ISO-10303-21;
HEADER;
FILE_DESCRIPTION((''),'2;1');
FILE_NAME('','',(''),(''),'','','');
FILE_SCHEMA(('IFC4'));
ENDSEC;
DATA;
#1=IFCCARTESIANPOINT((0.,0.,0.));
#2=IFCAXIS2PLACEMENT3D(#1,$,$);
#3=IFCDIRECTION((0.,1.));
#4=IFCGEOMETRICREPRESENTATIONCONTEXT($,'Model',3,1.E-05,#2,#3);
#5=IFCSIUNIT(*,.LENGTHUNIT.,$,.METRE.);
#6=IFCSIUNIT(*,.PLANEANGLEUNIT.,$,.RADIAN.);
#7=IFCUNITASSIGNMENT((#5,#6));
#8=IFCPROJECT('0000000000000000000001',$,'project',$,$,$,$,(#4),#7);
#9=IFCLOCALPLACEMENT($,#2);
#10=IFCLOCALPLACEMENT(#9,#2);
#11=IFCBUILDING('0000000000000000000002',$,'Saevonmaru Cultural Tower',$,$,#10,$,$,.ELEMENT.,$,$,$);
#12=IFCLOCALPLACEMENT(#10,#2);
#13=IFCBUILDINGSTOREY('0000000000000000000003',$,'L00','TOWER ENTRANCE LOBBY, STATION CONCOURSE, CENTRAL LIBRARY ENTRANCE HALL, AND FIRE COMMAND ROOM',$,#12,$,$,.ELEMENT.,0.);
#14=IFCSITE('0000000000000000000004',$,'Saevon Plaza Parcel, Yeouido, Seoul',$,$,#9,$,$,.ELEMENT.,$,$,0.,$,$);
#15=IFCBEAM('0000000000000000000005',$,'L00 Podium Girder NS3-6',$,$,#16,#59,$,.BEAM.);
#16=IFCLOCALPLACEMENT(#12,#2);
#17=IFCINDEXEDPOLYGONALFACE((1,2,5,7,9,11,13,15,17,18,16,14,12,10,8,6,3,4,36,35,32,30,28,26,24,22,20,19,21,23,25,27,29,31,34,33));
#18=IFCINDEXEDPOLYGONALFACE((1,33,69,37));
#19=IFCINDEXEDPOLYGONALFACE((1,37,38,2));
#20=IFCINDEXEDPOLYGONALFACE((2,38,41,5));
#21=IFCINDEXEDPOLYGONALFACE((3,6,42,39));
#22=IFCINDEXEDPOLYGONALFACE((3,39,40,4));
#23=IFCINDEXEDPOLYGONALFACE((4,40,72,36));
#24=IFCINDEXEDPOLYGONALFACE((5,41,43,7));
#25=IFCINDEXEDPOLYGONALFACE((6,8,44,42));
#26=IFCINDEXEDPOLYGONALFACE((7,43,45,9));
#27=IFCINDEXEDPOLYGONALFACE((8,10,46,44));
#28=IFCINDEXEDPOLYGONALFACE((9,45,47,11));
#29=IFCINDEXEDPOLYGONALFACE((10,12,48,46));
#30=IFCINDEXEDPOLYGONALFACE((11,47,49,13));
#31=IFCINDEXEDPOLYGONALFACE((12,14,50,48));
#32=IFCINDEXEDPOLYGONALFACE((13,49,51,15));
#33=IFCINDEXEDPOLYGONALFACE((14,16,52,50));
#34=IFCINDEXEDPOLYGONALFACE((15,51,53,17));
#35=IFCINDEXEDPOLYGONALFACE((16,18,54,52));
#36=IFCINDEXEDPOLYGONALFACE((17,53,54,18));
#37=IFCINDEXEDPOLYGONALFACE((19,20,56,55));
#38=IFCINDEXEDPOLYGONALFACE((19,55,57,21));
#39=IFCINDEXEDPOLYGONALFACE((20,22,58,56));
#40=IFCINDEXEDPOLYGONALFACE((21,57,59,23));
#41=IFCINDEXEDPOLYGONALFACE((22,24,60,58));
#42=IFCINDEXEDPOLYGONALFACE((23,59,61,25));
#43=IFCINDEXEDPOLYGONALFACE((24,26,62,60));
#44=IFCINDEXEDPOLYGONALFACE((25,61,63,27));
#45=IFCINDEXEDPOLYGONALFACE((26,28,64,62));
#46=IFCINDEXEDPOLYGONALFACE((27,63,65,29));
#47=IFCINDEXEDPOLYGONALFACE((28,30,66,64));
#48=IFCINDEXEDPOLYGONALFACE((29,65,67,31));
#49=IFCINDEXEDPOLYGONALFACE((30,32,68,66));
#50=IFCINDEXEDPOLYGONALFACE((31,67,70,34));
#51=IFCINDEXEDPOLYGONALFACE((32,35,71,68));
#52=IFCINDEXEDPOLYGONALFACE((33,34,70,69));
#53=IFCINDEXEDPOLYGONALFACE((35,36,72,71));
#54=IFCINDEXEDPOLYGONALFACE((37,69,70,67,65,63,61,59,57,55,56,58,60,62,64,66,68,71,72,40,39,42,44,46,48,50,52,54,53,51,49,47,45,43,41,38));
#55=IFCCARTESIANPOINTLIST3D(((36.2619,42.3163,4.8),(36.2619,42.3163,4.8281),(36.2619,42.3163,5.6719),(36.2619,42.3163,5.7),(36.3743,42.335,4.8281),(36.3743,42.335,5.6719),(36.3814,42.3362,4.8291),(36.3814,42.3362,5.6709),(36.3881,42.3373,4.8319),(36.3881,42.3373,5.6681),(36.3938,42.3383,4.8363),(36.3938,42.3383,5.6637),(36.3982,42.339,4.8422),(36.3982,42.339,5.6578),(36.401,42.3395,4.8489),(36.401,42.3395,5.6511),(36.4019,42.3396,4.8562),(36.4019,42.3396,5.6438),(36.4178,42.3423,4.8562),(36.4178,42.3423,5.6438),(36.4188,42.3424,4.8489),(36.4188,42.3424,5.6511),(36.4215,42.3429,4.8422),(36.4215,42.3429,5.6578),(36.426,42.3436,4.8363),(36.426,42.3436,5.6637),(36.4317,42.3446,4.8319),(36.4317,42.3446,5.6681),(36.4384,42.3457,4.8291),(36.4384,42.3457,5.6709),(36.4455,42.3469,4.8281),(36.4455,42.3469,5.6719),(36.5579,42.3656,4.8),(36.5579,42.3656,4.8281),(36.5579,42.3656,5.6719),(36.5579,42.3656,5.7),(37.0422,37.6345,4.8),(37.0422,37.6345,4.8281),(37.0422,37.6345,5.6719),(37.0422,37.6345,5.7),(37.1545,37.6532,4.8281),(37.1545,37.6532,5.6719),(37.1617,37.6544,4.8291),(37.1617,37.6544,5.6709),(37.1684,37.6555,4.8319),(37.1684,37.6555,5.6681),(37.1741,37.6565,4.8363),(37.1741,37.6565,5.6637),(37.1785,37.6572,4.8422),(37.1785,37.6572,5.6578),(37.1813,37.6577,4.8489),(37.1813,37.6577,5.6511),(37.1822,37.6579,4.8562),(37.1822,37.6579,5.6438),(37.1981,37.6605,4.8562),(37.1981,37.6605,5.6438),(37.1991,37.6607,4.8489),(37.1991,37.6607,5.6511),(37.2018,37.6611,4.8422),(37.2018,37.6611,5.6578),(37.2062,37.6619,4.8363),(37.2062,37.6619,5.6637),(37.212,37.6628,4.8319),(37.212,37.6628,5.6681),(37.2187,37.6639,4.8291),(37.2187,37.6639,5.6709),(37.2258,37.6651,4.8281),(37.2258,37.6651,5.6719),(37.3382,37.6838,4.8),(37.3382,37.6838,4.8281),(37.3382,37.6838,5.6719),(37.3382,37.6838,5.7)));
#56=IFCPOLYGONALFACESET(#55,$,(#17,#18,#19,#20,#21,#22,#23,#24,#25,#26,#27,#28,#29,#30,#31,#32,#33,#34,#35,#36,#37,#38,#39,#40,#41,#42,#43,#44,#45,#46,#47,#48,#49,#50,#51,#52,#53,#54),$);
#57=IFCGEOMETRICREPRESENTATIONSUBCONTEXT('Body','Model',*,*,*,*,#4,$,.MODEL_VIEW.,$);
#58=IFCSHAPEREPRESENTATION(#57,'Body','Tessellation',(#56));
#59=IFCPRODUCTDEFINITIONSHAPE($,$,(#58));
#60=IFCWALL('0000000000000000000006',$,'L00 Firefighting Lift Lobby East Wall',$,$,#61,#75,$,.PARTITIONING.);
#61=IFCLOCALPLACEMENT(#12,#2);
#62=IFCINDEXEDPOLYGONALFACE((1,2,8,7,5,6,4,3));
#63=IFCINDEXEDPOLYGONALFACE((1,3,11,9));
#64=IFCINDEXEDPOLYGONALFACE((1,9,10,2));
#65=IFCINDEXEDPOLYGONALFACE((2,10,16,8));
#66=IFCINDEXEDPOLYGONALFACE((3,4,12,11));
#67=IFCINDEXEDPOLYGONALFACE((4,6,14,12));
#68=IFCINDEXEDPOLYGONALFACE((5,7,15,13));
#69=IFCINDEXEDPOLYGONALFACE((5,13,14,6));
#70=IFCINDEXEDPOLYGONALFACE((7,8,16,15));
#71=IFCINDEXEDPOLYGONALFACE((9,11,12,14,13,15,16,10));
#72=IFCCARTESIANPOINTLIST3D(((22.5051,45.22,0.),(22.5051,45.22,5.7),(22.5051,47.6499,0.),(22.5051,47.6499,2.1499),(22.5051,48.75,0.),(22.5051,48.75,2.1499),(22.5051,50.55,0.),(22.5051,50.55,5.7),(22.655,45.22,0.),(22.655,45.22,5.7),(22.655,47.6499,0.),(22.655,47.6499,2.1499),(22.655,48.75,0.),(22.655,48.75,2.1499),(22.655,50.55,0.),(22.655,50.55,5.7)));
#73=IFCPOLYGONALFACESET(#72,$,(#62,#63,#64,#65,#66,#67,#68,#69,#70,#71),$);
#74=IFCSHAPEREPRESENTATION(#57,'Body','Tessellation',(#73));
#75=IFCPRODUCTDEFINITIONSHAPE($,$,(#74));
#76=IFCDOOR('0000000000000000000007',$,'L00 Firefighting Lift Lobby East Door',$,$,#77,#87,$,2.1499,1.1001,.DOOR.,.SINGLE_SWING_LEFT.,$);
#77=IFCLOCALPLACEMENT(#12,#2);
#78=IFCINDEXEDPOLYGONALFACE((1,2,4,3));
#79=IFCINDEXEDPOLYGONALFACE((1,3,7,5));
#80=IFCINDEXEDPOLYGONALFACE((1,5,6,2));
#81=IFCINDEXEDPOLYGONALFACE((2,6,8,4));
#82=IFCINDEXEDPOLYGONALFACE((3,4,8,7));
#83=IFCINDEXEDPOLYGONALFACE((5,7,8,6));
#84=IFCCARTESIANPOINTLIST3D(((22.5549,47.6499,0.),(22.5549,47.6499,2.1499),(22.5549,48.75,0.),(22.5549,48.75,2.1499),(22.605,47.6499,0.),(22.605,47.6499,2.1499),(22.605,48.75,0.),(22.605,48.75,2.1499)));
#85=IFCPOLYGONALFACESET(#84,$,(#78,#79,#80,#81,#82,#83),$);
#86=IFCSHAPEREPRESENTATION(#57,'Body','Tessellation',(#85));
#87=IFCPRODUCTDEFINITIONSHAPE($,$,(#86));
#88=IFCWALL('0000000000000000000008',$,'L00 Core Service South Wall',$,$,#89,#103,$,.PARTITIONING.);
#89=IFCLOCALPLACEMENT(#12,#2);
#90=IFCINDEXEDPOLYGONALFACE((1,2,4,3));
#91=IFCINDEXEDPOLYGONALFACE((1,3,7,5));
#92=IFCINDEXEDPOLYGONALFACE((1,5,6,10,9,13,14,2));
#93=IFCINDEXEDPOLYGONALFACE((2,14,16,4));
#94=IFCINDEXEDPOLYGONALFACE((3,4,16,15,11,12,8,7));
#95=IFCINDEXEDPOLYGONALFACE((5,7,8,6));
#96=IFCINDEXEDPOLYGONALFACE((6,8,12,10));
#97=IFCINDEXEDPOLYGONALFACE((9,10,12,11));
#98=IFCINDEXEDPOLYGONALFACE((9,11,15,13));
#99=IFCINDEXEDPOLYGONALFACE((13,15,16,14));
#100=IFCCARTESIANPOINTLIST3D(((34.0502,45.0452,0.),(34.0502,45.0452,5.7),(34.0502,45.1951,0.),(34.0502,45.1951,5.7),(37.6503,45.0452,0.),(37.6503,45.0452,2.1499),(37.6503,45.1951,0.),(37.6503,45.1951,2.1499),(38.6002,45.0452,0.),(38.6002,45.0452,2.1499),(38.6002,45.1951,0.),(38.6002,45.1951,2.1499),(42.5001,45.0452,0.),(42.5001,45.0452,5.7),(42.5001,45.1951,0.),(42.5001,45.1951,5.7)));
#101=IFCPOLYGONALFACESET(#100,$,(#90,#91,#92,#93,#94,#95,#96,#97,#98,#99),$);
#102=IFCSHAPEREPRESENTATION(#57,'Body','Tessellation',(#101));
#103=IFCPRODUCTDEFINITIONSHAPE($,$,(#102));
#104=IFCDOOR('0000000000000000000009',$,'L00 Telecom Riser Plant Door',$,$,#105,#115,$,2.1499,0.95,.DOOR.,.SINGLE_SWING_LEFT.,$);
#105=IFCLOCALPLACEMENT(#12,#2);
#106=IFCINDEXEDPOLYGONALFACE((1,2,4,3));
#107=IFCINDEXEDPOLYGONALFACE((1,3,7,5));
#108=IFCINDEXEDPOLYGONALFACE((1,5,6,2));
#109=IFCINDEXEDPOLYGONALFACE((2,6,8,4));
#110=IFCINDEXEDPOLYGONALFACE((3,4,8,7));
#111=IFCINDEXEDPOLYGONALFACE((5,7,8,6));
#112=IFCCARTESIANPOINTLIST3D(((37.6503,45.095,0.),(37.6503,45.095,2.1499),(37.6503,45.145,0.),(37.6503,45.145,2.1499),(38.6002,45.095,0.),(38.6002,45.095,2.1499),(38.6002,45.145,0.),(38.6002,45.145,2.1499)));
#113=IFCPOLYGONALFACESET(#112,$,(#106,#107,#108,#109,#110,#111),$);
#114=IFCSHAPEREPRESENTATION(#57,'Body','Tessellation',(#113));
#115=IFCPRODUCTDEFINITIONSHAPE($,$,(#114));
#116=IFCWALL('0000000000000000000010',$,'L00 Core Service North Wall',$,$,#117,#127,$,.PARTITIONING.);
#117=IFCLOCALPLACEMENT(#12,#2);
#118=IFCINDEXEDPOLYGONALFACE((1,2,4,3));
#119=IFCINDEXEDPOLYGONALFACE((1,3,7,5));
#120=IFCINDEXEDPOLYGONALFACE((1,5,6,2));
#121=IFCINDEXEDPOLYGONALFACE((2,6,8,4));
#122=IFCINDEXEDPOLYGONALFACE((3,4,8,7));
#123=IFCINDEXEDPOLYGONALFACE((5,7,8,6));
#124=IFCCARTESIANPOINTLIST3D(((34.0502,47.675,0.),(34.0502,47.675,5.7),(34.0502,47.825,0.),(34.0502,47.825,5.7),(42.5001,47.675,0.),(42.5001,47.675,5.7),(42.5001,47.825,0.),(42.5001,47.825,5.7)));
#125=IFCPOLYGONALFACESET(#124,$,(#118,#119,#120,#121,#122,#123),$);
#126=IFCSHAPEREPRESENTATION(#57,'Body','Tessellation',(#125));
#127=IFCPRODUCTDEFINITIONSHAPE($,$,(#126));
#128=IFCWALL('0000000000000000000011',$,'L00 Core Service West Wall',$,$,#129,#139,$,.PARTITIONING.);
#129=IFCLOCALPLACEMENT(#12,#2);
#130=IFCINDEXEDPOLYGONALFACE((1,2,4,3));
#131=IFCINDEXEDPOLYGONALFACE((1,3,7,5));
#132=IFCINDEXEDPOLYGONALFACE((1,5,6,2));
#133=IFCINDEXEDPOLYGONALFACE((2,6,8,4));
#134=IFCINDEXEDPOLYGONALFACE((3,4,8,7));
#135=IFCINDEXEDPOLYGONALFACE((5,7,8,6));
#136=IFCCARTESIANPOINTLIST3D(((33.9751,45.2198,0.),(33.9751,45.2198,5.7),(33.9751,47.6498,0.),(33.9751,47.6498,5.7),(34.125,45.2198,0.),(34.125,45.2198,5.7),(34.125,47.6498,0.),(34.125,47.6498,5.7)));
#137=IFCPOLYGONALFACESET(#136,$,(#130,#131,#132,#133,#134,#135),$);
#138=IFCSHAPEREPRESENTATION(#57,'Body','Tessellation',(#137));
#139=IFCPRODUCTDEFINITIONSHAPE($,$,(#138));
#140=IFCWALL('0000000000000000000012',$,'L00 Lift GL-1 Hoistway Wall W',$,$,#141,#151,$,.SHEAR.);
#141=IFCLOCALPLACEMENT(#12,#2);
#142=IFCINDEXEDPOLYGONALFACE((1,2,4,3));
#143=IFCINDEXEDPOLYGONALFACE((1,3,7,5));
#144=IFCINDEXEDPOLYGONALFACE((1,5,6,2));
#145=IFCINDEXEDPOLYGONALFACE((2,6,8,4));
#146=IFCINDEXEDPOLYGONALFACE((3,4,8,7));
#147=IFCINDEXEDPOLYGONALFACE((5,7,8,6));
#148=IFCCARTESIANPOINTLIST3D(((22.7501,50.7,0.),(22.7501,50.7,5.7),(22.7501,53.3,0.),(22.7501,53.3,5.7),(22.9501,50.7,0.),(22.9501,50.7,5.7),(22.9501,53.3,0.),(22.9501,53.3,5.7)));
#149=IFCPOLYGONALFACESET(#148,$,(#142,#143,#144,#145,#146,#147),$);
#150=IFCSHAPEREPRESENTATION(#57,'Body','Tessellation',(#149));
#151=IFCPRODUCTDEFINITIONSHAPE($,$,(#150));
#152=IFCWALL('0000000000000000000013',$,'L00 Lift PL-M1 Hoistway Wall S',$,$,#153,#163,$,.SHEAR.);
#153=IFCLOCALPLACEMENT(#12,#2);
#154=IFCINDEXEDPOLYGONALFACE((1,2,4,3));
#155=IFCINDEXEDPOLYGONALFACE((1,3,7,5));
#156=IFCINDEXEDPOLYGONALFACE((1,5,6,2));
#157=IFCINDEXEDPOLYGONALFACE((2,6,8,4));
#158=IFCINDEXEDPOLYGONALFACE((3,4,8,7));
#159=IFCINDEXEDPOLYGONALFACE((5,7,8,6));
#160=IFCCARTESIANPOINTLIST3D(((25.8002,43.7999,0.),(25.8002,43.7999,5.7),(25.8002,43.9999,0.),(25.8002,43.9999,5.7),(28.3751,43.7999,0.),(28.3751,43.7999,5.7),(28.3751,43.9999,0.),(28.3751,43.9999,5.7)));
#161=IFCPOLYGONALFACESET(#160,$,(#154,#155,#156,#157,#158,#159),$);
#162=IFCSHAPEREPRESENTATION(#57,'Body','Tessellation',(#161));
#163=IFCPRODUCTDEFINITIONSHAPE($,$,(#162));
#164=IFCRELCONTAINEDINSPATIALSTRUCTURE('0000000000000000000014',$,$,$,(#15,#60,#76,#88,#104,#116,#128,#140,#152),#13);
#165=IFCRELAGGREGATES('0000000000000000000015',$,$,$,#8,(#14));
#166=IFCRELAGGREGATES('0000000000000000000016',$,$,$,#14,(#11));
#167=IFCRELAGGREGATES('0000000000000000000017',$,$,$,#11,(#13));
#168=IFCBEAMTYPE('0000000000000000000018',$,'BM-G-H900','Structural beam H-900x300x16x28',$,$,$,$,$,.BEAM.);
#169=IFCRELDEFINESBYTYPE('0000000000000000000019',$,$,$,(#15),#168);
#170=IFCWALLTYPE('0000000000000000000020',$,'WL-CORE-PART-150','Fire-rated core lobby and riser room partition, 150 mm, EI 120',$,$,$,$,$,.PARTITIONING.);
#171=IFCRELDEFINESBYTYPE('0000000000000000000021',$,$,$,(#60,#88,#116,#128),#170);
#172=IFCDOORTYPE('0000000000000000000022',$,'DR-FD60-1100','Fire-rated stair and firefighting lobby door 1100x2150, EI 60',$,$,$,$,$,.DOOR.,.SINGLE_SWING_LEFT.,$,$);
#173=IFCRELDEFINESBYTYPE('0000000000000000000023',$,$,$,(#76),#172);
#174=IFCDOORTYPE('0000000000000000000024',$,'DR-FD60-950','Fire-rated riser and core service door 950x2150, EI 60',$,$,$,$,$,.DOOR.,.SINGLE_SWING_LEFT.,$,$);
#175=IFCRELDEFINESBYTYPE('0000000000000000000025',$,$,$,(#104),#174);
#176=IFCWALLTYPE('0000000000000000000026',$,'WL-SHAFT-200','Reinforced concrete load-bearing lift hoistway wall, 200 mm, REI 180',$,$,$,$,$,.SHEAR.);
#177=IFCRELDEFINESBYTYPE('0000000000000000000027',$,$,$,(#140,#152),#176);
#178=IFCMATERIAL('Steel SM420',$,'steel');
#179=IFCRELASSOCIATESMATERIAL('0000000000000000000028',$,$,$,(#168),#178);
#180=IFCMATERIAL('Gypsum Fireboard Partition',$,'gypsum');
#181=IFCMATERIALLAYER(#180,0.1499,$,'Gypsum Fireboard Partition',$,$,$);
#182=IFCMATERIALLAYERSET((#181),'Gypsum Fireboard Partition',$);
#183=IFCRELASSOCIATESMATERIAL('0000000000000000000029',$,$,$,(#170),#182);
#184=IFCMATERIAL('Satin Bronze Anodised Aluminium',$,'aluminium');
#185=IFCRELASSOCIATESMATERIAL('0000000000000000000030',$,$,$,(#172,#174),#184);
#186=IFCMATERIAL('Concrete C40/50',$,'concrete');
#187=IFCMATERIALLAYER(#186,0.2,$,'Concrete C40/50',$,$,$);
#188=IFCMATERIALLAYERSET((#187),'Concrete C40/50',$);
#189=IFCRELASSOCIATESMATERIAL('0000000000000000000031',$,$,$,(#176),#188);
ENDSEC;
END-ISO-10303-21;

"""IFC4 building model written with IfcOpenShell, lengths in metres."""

from ifc_helpers import new_model, si_unit, direction, frame, frame_2d, origin, origin_2d, place, context, subcontext, project, spatial, rectangle, i_section, extrude, material, layer, layer_set, material_profile, profile_set, type_object, element, fill, save


model = new_model("IFC4")

# Units and contexts
model_context = context("Model", 3, precision=1e-05, world=origin(), true_north=direction((0.0, 1.0)))
body_context = subcontext(model_context, "Body", "Model", "MODEL_VIEW")
ifc_project = project(units=[si_unit("LENGTHUNIT", "METRE"), si_unit("PLANEANGLEUNIT", "RADIAN")], contexts=[model_context])

# Site, building, storey
site_placement = place(None, origin())
site = spatial("IfcSite", under=ifc_project, at=site_placement, Name="Saevon Plaza Parcel, Yeouido, Seoul", CompositionType="ELEMENT", RefElevation=0.0)
building_placement = place(site_placement, origin())
building = spatial("IfcBuilding", under=site, at=building_placement, Name="Saevonmaru Cultural Tower", CompositionType="ELEMENT")
storey_placement = place(building_placement, origin())
storey = spatial("IfcBuildingStorey", under=building, at=storey_placement, Name="L00", Description="TOWER ENTRANCE LOBBY, STATION CONCOURSE, CENTRAL LIBRARY ENTRANCE HALL, AND FIRE COMMAND ROOM", CompositionType="ELEMENT", Elevation=0.0)

# Shared definitions
ifc_material_1 = material(Name="Steel SM420", Category="steel")

# Beam
ifc_material_profile_1 = material_profile(ifc_material_1, i_section(OverallWidth=0.3, OverallDepth=0.8999, WebThickness=0.0161, FlangeThickness=0.0281, FilletRadius=0.0281, at=origin_2d()), Name="H-900x300x16x28")
ifc_profile_set_1 = profile_set([ifc_material_profile_1], Name="Steel SM420")
beam_type_1 = type_object("IfcBeamType", Name="BM-G-H900", Description="Structural beam H-900x300x16x28", PredefinedType="BEAM", material=ifc_profile_set_1)
for number, where, z_axis, x_axis, name in (
    (1, (37.1902, 37.6592, 5.25), (-0.164399, 0.986394, 0.0), (-0.986394, -0.164399, 0.0), "L00 Podium Girder NS3-6"),
):
    element("IfcBeam", number, at=place(storey_placement, frame(where, z_axis=z_axis, x_axis=x_axis)), inside=storey, type_object=beam_type_1, Name=name, PredefinedType="BEAM", context=body_context, shape_type="SweptSolid", body=[
        extrude(i_section(OverallWidth=0.3, OverallDepth=0.8999, WebThickness=0.0161, FlangeThickness=0.0281, FilletRadius=0.0281, at=origin_2d()), origin(), (0.0, 0.0, 1.0), 4.7463),
    ])

# Walls, openings, doors
ifc_material_2 = material(Name="Gypsum Fireboard Partition", Category="gypsum")
ifc_layer_1 = layer(ifc_material_2, 0.1499, Name="Gypsum Fireboard Partition")
ifc_layer_set_1 = layer_set([ifc_layer_1], Name="Gypsum Fireboard Partition")
wall_type_1 = type_object("IfcWallType", Name="WL-CORE-PART-150", Description="Fire-rated core lobby and riser room partition, 150 mm, EI 120", PredefinedType="PARTITIONING", material=ifc_layer_set_1)
wall_1_placement = place(storey_placement, frame((22.5801, 50.55, 0.0), z_axis=(0.0, 0.0, 1.0), x_axis=(0.0, -1.0, 0.0)))
wall_1 = element("IfcWall", 2, at=wall_1_placement, inside=storey, type_object=wall_type_1, Name="L00 Firefighting Lift Lobby East Wall", PredefinedType="PARTITIONING", context=body_context, shape_type="SweptSolid", body=[
    extrude(rectangle(XDim=5.3301, YDim=0.1499, at=frame_2d((2.665, 0.0))), origin(), (0.0, 0.0, 1.0), 5.7),
])
opening_1_placement = place(wall_1_placement, frame((1.8, 0.0, 0.0)))
opening_1 = element("IfcOpeningElement", 3, at=opening_1_placement, cuts=wall_1, PredefinedType="OPENING", context=body_context, shape_type="SweptSolid", body=[
    extrude(rectangle(XDim=1.1001, YDim=2.1499, at=frame_2d((0.55, 1.075))), frame((0.0, 0.085, 0.0), z_axis=(0.0, -1.0, 0.0), x_axis=(1.0, 0.0, 0.0)), (0.0, 0.0, 1.0), 0.1699),
])
ifc_material_3 = material(Name="Satin Bronze Anodised Aluminium", Category="aluminium")
door_type_1 = type_object("IfcDoorType", Name="DR-FD60-1100", Description="Fire-rated stair and firefighting lobby door 1100x2150, EI 60", OperationType="SINGLE_SWING_LEFT", PredefinedType="DOOR", material=ifc_material_3)
door_1_placement = place(opening_1_placement, origin())
door_1 = element("IfcDoor", 4, at=door_1_placement, inside=storey, type_object=door_type_1, Name="L00 Firefighting Lift Lobby East Door", OperationType="SINGLE_SWING_LEFT", OverallHeight=2.1499, OverallWidth=1.1001, PredefinedType="DOOR", context=body_context, shape_type="SweptSolid", body=[
    extrude(rectangle(XDim=1.1001, YDim=2.1499, at=frame_2d((0.55, 1.075))), frame((0.0, 0.0249, 0.0), z_axis=(0.0, -1.0, 0.0), x_axis=(1.0, 0.0, 0.0)), (0.0, 0.0, 1.0), 0.05),
])
fill(opening_1, door_1)
wall_2_placement = place(storey_placement, frame((34.05, 45.1201, 0.0), z_axis=(0.0, 0.0, 1.0), x_axis=(1.0, 0.0, 0.0)))
wall_2 = element("IfcWall", 5, at=wall_2_placement, inside=storey, type_object=wall_type_1, Name="L00 Core Service South Wall", PredefinedType="PARTITIONING", context=body_context, shape_type="SweptSolid", body=[
    extrude(rectangle(XDim=8.45, YDim=0.1499, at=frame_2d((4.2251, 0.0))), origin(), (0.0, 0.0, 1.0), 5.7),
])
opening_2_placement = place(wall_2_placement, frame((3.6001, 0.0, 0.0)))
opening_2 = element("IfcOpeningElement", 6, at=opening_2_placement, cuts=wall_2, PredefinedType="OPENING", context=body_context, shape_type="SweptSolid", body=[
    extrude(rectangle(XDim=0.95, YDim=2.1499, at=frame_2d((0.4751, 1.075))), frame((0.0, 0.085, 0.0), z_axis=(0.0, -1.0, 0.0), x_axis=(1.0, 0.0, 0.0)), (0.0, 0.0, 1.0), 0.1699),
])
door_type_2 = type_object("IfcDoorType", Name="DR-FD60-950", Description="Fire-rated riser and core service door 950x2150, EI 60", OperationType="SINGLE_SWING_LEFT", PredefinedType="DOOR", material=ifc_material_3)
door_2_placement = place(opening_2_placement, origin())
door_2 = element("IfcDoor", 7, at=door_2_placement, inside=storey, type_object=door_type_2, Name="L00 Telecom Riser Plant Door", OperationType="SINGLE_SWING_LEFT", OverallHeight=2.1499, OverallWidth=0.95, PredefinedType="DOOR", context=body_context, shape_type="SweptSolid", body=[
    extrude(rectangle(XDim=0.95, YDim=2.1499, at=frame_2d((0.4751, 1.075))), frame((0.0, 0.0249, 0.0), z_axis=(0.0, -1.0, 0.0), x_axis=(1.0, 0.0, 0.0)), (0.0, 0.0, 1.0), 0.05),
])
fill(opening_2, door_2)

# Walls
wall_3_placement = place(storey_placement, frame((34.05, 47.75, 0.0), z_axis=(0.0, 0.0, 1.0), x_axis=(1.0, 0.0, 0.0)))
element("IfcWall", 8, at=wall_3_placement, inside=storey, type_object=wall_type_1, Name="L00 Core Service North Wall", PredefinedType="PARTITIONING", context=body_context, shape_type="SweptSolid", body=[
    extrude(rectangle(XDim=8.45, YDim=0.1499, at=frame_2d((4.2251, 0.0))), origin(), (0.0, 0.0, 1.0), 5.7),
])
wall_4_placement = place(storey_placement, frame((34.05, 45.22, 0.0), z_axis=(0.0, 0.0, 1.0), x_axis=(0.0, 1.0, 0.0)))
element("IfcWall", 9, at=wall_4_placement, inside=storey, type_object=wall_type_1, Name="L00 Core Service West Wall", PredefinedType="PARTITIONING", context=body_context, shape_type="SweptSolid", body=[
    extrude(rectangle(XDim=2.4299, YDim=0.1499, at=frame_2d((1.2148, 0.0))), origin(), (0.0, 0.0, 1.0), 5.7),
])
ifc_material_4 = material(Name="Concrete C40/50", Category="concrete")
ifc_layer_2 = layer(ifc_material_4, 0.2, Name="Concrete C40/50")
ifc_layer_set_2 = layer_set([ifc_layer_2], Name="Concrete C40/50")
wall_type_2 = type_object("IfcWallType", Name="WL-SHAFT-200", Description="Reinforced concrete load-bearing lift hoistway wall, 200 mm, REI 180", PredefinedType="SHEAR", material=ifc_layer_set_2)
wall_5_placement = place(storey_placement, frame((22.8501, 50.7, 0.0), z_axis=(0.0, 0.0, 1.0), x_axis=(0.0, 1.0, 0.0)))
element("IfcWall", 10, at=wall_5_placement, inside=storey, type_object=wall_type_2, Name="L00 Lift GL-1 Hoistway Wall W", PredefinedType="SHEAR", context=body_context, shape_type="SweptSolid", body=[
    extrude(rectangle(XDim=2.6001, YDim=0.2, at=frame_2d((1.3, 0.0))), origin(), (0.0, 0.0, 1.0), 5.7),
])
wall_6_placement = place(storey_placement, frame((25.8, 43.8999, 0.0), z_axis=(0.0, 0.0, 1.0), x_axis=(1.0, 0.0, 0.0)))
element("IfcWall", 11, at=wall_6_placement, inside=storey, type_object=wall_type_2, Name="L00 Lift PL-M1 Hoistway Wall S", PredefinedType="SHEAR", context=body_context, shape_type="SweptSolid", body=[
    extrude(rectangle(XDim=2.575, YDim=0.2, at=frame_2d((1.2876, 0.0))), origin(), (0.0, 0.0, 1.0), 5.7),
])

save(model, "model.ifc")
